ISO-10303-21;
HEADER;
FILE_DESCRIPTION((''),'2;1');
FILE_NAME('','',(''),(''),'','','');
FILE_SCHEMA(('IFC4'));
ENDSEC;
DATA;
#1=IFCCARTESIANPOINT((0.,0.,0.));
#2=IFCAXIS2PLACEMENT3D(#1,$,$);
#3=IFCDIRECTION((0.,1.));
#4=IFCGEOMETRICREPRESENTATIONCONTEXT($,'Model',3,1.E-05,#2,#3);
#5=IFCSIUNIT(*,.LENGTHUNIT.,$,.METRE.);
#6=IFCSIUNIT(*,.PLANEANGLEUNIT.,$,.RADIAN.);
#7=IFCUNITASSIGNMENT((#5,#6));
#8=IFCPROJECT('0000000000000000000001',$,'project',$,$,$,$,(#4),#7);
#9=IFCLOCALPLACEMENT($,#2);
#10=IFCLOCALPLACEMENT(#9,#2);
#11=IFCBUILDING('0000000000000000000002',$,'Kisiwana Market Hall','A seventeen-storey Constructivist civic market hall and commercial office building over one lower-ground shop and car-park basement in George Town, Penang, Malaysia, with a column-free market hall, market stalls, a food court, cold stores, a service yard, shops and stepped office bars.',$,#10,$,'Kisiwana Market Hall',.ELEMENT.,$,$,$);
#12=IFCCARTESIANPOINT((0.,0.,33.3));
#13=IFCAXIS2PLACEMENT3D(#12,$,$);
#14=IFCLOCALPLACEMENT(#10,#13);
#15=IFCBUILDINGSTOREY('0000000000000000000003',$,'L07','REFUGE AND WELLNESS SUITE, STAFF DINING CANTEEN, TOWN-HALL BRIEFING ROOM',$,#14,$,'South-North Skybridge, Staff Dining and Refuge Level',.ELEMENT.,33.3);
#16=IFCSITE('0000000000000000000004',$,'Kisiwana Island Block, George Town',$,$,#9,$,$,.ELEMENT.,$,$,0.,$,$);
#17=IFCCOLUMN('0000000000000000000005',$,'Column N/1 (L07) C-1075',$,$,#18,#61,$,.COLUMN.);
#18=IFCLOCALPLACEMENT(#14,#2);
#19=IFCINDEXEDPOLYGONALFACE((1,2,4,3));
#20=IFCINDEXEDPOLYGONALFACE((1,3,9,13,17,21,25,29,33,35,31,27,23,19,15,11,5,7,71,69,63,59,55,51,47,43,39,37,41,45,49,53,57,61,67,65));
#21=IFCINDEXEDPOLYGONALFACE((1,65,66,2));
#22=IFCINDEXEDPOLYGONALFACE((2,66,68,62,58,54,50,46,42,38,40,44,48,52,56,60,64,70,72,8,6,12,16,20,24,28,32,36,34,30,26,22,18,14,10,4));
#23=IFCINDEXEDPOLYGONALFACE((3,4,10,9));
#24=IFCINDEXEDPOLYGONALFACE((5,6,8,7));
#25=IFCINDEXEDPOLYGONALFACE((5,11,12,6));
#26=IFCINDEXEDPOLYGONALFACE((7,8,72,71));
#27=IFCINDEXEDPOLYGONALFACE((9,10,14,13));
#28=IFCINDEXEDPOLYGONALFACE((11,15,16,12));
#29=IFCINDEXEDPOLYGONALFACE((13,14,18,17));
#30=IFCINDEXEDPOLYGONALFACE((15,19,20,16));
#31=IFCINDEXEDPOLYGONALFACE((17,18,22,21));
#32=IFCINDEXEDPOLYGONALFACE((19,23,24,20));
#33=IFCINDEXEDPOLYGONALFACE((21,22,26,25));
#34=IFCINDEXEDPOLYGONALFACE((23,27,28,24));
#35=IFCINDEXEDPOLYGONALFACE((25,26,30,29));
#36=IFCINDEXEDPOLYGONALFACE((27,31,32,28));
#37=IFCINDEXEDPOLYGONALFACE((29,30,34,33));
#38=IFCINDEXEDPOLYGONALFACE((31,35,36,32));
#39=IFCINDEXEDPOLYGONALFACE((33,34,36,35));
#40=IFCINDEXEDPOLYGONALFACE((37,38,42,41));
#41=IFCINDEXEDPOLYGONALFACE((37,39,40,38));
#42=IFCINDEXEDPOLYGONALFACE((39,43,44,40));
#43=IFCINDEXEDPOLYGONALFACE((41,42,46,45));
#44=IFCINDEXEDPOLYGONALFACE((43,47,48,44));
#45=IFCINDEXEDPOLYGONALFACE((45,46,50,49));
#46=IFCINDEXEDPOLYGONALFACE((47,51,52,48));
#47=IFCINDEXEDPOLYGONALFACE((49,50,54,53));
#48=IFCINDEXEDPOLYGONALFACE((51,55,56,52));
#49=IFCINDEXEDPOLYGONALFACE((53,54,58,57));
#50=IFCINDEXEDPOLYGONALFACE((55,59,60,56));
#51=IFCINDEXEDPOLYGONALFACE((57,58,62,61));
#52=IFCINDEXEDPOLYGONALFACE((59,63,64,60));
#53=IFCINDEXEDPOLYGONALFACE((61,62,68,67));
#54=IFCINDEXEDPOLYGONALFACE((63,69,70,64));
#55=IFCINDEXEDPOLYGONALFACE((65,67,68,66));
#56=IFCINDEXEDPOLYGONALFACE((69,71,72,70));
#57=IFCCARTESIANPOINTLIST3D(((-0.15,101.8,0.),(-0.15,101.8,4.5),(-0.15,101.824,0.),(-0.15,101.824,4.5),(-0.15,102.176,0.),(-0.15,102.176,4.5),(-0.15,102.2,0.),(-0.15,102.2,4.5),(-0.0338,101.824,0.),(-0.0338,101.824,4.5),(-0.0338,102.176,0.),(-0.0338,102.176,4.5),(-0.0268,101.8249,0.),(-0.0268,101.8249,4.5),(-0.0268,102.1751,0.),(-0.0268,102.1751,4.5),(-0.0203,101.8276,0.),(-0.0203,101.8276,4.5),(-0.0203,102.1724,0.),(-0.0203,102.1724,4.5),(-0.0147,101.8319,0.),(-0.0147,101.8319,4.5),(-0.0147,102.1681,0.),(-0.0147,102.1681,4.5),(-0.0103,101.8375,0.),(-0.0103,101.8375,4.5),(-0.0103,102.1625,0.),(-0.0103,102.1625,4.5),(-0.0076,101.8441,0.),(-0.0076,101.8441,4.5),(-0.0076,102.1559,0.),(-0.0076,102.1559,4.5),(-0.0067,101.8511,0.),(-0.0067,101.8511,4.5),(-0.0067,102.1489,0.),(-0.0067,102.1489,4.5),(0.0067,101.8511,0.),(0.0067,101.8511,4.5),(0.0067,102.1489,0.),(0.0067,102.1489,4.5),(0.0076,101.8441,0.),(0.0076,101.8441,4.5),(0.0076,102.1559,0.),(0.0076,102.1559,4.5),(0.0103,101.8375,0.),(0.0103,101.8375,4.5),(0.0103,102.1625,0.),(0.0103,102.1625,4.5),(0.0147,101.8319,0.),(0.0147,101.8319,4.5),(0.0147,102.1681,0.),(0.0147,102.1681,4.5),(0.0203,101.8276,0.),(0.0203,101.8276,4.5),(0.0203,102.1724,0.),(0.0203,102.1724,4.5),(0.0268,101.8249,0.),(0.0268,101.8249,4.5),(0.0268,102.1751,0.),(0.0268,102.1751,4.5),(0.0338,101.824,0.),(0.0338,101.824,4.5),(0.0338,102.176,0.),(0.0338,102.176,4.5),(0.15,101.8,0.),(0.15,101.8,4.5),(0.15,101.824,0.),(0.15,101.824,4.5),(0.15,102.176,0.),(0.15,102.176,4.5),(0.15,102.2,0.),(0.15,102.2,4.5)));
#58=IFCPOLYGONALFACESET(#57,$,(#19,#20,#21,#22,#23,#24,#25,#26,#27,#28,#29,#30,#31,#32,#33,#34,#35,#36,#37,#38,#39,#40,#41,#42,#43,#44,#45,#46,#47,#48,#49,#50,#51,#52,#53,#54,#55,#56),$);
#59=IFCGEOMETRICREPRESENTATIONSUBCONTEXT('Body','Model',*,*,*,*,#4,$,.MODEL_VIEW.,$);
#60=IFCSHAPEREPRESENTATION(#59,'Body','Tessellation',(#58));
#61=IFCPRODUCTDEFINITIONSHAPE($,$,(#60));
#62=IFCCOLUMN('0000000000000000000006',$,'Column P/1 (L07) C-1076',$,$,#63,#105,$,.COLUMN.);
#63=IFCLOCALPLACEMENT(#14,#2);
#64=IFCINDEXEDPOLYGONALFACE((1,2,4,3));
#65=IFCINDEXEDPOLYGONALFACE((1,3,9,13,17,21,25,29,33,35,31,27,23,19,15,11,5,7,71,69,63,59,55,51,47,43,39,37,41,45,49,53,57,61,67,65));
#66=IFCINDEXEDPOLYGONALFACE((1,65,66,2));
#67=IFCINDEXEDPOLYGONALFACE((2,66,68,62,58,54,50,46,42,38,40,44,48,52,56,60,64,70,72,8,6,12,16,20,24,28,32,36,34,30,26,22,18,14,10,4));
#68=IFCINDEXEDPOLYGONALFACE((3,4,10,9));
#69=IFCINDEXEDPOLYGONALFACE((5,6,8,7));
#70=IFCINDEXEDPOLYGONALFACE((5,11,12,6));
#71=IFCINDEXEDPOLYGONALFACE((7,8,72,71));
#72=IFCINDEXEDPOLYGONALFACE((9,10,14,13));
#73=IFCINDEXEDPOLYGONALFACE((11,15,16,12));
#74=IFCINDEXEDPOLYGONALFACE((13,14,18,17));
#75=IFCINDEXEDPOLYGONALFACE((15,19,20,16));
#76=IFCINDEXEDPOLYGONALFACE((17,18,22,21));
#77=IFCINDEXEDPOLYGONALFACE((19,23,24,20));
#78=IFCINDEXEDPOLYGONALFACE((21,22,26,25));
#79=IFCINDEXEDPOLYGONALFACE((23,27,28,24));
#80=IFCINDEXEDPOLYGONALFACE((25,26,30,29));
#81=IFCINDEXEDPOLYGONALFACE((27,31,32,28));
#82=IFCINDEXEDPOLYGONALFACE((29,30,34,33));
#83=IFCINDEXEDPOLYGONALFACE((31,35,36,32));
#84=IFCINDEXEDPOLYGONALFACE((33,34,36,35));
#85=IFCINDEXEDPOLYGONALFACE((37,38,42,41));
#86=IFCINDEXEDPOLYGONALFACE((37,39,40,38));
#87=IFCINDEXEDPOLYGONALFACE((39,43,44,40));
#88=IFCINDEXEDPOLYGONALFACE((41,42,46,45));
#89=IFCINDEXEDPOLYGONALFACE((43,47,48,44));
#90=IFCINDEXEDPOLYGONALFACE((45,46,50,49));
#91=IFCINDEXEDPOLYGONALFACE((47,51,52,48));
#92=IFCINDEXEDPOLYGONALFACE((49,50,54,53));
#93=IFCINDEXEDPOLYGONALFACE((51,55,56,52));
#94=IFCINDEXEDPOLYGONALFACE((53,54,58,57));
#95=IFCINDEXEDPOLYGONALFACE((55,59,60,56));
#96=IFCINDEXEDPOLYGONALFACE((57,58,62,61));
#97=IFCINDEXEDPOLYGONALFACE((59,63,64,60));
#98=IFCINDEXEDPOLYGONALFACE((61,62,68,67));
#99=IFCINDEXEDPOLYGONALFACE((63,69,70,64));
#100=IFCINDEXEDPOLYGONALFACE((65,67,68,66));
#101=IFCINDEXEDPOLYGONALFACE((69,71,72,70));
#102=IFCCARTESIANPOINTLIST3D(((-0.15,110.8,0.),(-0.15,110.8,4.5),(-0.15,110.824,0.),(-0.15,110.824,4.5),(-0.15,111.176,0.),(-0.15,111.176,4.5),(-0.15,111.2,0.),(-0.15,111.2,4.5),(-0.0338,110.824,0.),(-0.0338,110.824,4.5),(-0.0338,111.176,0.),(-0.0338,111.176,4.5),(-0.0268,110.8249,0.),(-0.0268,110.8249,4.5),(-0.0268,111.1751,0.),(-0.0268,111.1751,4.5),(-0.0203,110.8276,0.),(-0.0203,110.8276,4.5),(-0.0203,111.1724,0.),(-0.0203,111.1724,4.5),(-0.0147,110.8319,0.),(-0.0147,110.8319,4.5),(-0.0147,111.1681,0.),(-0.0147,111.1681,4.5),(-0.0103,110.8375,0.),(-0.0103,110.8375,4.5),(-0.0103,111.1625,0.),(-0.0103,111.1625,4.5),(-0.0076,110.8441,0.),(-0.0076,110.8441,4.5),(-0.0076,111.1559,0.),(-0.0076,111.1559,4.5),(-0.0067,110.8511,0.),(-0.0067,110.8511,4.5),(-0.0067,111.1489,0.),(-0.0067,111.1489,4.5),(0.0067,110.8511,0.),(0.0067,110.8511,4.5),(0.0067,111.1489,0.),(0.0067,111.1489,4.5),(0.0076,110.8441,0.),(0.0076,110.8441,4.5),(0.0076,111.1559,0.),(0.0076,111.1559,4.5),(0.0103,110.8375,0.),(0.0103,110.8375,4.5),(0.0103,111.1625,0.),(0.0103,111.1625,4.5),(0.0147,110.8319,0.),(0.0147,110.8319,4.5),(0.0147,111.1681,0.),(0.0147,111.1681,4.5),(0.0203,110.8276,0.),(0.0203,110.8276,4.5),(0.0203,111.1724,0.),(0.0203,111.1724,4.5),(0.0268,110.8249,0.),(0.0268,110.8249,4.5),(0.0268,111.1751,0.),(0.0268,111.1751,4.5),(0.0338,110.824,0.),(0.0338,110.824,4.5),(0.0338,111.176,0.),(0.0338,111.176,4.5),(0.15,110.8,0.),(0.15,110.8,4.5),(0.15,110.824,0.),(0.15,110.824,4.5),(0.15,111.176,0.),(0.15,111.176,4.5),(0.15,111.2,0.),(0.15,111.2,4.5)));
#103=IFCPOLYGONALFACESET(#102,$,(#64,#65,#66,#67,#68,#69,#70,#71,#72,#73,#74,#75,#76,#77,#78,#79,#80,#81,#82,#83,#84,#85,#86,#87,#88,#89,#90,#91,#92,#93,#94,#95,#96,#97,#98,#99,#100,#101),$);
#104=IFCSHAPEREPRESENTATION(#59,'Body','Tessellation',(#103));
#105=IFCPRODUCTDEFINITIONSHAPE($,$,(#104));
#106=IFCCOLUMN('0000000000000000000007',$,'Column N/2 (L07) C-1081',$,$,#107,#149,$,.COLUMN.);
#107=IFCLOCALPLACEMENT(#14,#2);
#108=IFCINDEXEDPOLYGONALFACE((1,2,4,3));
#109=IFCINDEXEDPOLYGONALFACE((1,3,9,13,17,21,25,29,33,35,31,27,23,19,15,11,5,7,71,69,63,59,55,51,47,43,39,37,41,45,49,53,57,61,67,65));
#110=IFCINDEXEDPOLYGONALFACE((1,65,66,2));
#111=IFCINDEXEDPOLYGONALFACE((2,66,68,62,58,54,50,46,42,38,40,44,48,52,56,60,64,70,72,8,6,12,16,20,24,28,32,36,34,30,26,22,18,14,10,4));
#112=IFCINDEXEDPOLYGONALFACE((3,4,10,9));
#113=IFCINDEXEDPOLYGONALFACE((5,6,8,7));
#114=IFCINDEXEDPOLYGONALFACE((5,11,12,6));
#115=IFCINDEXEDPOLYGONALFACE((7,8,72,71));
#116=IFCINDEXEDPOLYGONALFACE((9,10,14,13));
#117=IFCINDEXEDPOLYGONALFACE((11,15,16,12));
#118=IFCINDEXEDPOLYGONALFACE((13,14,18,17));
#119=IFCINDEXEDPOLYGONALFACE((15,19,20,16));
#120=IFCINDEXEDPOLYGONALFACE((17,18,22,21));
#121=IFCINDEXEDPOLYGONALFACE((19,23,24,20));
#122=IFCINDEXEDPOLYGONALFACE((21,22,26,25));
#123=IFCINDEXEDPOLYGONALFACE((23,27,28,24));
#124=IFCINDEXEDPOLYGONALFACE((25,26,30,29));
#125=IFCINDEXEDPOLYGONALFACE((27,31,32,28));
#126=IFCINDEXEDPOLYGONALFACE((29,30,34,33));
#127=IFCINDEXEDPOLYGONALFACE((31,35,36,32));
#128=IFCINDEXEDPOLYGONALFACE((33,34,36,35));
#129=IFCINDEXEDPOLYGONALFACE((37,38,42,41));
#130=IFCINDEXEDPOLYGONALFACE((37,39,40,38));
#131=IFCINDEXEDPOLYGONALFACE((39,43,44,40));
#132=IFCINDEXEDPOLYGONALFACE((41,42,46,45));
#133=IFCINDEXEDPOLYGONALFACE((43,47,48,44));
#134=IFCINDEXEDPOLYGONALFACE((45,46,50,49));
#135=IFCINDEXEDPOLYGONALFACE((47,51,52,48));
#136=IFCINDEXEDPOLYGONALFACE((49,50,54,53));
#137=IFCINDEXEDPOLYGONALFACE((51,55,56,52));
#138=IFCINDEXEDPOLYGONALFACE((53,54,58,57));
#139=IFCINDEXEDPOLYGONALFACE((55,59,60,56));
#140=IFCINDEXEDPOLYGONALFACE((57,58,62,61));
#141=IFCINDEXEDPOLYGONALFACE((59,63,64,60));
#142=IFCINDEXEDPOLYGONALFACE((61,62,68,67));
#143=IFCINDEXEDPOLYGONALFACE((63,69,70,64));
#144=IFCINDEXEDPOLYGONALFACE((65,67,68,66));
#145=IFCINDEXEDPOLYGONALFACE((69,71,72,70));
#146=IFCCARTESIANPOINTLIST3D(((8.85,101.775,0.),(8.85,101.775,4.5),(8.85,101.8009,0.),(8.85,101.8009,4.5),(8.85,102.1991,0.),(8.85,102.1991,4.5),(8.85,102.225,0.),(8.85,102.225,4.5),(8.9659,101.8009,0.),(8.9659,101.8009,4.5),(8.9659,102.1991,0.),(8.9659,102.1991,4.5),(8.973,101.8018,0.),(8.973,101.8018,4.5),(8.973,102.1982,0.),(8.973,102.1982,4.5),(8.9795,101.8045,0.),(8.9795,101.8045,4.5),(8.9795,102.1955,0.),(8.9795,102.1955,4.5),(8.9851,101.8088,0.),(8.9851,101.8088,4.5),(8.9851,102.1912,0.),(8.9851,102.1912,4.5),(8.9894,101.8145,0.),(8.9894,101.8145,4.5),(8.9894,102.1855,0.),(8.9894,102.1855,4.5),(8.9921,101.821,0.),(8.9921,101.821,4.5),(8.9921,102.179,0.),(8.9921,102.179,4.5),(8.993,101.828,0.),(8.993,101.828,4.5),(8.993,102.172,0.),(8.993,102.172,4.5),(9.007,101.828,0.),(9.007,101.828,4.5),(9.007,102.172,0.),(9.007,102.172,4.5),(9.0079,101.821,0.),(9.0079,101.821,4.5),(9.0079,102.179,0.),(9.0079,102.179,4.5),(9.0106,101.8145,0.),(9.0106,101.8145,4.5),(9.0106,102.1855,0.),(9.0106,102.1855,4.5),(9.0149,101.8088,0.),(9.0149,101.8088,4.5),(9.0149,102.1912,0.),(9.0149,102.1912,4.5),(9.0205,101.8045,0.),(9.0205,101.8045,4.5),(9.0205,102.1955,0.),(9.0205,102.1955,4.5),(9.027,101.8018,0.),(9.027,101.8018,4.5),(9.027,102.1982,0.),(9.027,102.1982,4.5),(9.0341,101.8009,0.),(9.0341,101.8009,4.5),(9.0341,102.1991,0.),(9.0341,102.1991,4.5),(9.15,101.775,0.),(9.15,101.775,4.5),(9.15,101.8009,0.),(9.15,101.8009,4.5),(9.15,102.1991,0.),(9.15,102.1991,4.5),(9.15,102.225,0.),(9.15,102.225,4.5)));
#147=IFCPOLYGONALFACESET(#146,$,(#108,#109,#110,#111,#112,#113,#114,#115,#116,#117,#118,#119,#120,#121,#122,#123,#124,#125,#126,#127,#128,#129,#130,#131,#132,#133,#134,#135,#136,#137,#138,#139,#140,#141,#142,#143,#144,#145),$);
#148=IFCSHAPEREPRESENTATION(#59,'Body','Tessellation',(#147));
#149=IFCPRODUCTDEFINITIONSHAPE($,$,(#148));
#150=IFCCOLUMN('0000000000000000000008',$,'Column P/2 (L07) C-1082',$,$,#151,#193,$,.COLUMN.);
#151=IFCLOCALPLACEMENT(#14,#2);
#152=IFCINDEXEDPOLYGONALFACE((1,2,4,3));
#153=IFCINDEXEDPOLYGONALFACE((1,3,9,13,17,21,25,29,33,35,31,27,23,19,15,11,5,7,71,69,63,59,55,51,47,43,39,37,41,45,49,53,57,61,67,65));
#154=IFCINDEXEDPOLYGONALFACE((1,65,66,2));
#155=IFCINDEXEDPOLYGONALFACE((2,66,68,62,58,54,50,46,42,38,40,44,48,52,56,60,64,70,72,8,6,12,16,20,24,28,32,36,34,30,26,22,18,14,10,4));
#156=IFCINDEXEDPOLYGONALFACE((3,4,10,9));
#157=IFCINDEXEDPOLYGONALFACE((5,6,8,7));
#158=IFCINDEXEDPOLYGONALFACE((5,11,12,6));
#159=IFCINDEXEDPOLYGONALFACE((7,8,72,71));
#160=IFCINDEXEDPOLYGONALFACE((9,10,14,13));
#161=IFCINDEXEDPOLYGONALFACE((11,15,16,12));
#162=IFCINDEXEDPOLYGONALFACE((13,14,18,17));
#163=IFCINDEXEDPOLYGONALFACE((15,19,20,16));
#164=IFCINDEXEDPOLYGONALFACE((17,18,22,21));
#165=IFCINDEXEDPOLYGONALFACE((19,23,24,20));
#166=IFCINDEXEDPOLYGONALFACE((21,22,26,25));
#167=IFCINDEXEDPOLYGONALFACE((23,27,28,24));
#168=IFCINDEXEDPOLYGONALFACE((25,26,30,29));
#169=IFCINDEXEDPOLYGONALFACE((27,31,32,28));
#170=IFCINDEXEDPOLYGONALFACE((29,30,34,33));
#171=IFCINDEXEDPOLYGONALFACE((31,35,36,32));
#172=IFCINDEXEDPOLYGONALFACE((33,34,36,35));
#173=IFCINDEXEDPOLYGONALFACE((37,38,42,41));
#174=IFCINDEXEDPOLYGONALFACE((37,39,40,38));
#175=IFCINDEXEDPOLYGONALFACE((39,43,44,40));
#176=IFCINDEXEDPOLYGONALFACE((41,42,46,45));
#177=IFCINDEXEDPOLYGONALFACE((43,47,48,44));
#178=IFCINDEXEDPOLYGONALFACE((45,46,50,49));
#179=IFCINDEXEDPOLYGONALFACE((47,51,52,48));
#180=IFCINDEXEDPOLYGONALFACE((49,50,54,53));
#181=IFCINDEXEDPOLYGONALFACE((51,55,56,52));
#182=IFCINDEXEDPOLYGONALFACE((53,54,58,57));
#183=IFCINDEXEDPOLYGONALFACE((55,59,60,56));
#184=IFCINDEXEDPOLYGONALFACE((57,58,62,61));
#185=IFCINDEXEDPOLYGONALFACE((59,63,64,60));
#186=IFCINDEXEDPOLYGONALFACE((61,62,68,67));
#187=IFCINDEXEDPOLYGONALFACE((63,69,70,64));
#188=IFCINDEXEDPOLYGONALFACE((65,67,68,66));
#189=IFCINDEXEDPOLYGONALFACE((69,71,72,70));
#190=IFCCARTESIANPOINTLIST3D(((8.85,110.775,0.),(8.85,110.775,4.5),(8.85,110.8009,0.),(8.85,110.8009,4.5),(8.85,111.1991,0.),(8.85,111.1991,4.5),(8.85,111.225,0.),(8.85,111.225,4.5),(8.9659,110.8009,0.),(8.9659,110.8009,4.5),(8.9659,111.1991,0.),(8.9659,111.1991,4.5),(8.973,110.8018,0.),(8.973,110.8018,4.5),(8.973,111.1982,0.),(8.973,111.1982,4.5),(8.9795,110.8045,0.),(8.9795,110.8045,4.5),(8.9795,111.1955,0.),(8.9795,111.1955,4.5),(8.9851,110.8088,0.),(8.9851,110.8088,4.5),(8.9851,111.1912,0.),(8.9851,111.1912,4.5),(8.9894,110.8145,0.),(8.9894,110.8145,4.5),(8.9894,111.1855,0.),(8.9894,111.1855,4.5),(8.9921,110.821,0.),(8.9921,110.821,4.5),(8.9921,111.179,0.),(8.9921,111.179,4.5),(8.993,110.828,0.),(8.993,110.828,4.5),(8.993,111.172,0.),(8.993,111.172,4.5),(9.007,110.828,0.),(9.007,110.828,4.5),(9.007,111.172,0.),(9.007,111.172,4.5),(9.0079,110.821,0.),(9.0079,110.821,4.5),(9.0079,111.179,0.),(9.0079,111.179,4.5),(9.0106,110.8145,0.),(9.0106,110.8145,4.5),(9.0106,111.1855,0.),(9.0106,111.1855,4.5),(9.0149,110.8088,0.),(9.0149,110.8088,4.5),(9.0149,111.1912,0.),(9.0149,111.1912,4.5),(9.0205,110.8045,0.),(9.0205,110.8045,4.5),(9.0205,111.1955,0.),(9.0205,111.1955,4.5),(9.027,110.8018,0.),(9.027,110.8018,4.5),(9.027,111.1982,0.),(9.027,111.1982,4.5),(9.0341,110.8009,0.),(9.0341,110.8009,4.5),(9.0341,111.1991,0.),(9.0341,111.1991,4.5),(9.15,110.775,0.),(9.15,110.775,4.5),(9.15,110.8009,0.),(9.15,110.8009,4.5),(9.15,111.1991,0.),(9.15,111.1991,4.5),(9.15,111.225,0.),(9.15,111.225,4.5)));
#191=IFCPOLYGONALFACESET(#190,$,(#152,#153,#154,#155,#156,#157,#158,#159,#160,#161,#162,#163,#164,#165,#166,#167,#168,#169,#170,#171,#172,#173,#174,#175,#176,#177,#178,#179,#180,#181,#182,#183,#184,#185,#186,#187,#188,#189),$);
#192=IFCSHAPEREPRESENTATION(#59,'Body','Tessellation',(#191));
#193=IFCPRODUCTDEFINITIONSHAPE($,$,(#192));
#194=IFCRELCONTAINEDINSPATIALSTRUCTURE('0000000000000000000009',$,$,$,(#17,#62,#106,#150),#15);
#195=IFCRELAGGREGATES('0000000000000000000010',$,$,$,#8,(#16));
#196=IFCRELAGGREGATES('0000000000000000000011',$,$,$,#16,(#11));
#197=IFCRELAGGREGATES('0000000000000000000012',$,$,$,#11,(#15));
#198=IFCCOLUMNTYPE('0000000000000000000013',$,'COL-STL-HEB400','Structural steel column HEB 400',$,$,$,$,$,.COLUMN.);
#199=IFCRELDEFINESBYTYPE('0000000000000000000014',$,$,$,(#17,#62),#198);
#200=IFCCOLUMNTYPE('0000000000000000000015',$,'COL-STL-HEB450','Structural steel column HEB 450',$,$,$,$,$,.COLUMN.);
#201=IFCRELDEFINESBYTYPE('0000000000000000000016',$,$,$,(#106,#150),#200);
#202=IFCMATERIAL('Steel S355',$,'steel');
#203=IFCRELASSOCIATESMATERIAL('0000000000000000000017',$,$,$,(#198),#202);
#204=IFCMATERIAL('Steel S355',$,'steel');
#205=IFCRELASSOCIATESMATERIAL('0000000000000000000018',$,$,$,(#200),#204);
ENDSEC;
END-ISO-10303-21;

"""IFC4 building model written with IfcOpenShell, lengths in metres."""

from ifc_helpers import new_model, si_unit, direction, frame, origin, origin_2d, place, context, subcontext, project, spatial, i_section, extrude, material, material_profile, profile_set, type_object, element, save


model = new_model("IFC4")

# Units and contexts
model_context = context("Model", 3, precision=1e-05, world=origin(), true_north=direction((0.0, 1.0)))
body_context = subcontext(model_context, "Body", "Model", "MODEL_VIEW")
ifc_project = project(units=[si_unit("LENGTHUNIT", "METRE"), si_unit("PLANEANGLEUNIT", "RADIAN")], contexts=[model_context])

# Site, building, storey
site_placement = place(None, origin())
site = spatial("IfcSite", under=ifc_project, at=site_placement, Name="Kisiwana Island Block, George Town", CompositionType="ELEMENT", RefElevation=0.0)
building_placement = place(site_placement, origin())
building = spatial("IfcBuilding", under=site, at=building_placement, Name="Kisiwana Market Hall", Description="A seventeen-storey Constructivist civic market hall and commercial office building over one lower-ground shop and car-park basement in George Town, Penang, Malaysia, with a column-free market hall, market stalls, a food court, cold stores, a service yard, shops and stepped office bars.", LongName="Kisiwana Market Hall", CompositionType="ELEMENT")
storey_placement = place(building_placement, frame((0.0, 0.0, 33.3)))
storey = spatial("IfcBuildingStorey", under=building, at=storey_placement, Name="L07", Description="REFUGE AND WELLNESS SUITE, STAFF DINING CANTEEN, TOWN-HALL BRIEFING ROOM", LongName="South-North Skybridge, Staff Dining and Refuge Level", CompositionType="ELEMENT", Elevation=33.3)

# Columns
ifc_material_1 = material(Name="Steel S355", Category="steel")
ifc_material_profile_1 = material_profile(ifc_material_1, i_section(OverallWidth=0.3, OverallDepth=0.3999, WebThickness=0.0134, FlangeThickness=0.0239, FilletRadius=0.0271, at=origin_2d()), Name="HEB 400")
ifc_profile_set_1 = profile_set([ifc_material_profile_1], Name="Steel S355")
column_type_1 = type_object("IfcColumnType", Name="COL-STL-HEB400", Description="Structural steel column HEB 400", PredefinedType="COLUMN", material=ifc_profile_set_1)
for number, where, z_axis, x_axis, name in (
    (1, (0.0, 102.0, 0.0), (0.0, 0.0, 1.0), (1.0, 0.0, 0.0), "Column N/1 (L07) C-1075"),
    (2, (0.0, 111.0, 0.0), (0.0, 0.0, 1.0), (1.0, 0.0, 0.0), "Column P/1 (L07) C-1076"),
):
    element("IfcColumn", number, at=place(storey_placement, frame(where, z_axis=z_axis, x_axis=x_axis)), inside=storey, type_object=column_type_1, Name=name, PredefinedType="COLUMN", context=body_context, shape_type="SweptSolid", body=[
        extrude(i_section(OverallWidth=0.3, OverallDepth=0.3999, WebThickness=0.0134, FlangeThickness=0.0239, FilletRadius=0.0271, at=origin_2d()), origin(), (0.0, 0.0, 1.0), 4.5),
    ])
ifc_material_2 = material(Name="Steel S355", Category="steel")
ifc_material_profile_2 = material_profile(ifc_material_2, i_section(OverallWidth=0.3, OverallDepth=0.45, WebThickness=0.0139, FlangeThickness=0.0259, FilletRadius=0.0271, at=origin_2d()), Name="HEB 450")
ifc_profile_set_2 = profile_set([ifc_material_profile_2], Name="Steel S355")
column_type_2 = type_object("IfcColumnType", Name="COL-STL-HEB450", Description="Structural steel column HEB 450", PredefinedType="COLUMN", material=ifc_profile_set_2)
for number, where, z_axis, x_axis, name in (
    (3, (9.0, 102.0, 0.0), (0.0, 0.0, 1.0), (1.0, 0.0, 0.0), "Column N/2 (L07) C-1081"),
    (4, (9.0, 111.0, 0.0), (0.0, 0.0, 1.0), (1.0, 0.0, 0.0), "Column P/2 (L07) C-1082"),
):
    element("IfcColumn", number, at=place(storey_placement, frame(where, z_axis=z_axis, x_axis=x_axis)), inside=storey, type_object=column_type_2, Name=name, PredefinedType="COLUMN", context=body_context, shape_type="SweptSolid", body=[
        extrude(i_section(OverallWidth=0.3, OverallDepth=0.45, WebThickness=0.0139, FlangeThickness=0.0259, FilletRadius=0.0271, at=origin_2d()), origin(), (0.0, 0.0, 1.0), 4.5),
    ])

save(model, "model.ifc")
